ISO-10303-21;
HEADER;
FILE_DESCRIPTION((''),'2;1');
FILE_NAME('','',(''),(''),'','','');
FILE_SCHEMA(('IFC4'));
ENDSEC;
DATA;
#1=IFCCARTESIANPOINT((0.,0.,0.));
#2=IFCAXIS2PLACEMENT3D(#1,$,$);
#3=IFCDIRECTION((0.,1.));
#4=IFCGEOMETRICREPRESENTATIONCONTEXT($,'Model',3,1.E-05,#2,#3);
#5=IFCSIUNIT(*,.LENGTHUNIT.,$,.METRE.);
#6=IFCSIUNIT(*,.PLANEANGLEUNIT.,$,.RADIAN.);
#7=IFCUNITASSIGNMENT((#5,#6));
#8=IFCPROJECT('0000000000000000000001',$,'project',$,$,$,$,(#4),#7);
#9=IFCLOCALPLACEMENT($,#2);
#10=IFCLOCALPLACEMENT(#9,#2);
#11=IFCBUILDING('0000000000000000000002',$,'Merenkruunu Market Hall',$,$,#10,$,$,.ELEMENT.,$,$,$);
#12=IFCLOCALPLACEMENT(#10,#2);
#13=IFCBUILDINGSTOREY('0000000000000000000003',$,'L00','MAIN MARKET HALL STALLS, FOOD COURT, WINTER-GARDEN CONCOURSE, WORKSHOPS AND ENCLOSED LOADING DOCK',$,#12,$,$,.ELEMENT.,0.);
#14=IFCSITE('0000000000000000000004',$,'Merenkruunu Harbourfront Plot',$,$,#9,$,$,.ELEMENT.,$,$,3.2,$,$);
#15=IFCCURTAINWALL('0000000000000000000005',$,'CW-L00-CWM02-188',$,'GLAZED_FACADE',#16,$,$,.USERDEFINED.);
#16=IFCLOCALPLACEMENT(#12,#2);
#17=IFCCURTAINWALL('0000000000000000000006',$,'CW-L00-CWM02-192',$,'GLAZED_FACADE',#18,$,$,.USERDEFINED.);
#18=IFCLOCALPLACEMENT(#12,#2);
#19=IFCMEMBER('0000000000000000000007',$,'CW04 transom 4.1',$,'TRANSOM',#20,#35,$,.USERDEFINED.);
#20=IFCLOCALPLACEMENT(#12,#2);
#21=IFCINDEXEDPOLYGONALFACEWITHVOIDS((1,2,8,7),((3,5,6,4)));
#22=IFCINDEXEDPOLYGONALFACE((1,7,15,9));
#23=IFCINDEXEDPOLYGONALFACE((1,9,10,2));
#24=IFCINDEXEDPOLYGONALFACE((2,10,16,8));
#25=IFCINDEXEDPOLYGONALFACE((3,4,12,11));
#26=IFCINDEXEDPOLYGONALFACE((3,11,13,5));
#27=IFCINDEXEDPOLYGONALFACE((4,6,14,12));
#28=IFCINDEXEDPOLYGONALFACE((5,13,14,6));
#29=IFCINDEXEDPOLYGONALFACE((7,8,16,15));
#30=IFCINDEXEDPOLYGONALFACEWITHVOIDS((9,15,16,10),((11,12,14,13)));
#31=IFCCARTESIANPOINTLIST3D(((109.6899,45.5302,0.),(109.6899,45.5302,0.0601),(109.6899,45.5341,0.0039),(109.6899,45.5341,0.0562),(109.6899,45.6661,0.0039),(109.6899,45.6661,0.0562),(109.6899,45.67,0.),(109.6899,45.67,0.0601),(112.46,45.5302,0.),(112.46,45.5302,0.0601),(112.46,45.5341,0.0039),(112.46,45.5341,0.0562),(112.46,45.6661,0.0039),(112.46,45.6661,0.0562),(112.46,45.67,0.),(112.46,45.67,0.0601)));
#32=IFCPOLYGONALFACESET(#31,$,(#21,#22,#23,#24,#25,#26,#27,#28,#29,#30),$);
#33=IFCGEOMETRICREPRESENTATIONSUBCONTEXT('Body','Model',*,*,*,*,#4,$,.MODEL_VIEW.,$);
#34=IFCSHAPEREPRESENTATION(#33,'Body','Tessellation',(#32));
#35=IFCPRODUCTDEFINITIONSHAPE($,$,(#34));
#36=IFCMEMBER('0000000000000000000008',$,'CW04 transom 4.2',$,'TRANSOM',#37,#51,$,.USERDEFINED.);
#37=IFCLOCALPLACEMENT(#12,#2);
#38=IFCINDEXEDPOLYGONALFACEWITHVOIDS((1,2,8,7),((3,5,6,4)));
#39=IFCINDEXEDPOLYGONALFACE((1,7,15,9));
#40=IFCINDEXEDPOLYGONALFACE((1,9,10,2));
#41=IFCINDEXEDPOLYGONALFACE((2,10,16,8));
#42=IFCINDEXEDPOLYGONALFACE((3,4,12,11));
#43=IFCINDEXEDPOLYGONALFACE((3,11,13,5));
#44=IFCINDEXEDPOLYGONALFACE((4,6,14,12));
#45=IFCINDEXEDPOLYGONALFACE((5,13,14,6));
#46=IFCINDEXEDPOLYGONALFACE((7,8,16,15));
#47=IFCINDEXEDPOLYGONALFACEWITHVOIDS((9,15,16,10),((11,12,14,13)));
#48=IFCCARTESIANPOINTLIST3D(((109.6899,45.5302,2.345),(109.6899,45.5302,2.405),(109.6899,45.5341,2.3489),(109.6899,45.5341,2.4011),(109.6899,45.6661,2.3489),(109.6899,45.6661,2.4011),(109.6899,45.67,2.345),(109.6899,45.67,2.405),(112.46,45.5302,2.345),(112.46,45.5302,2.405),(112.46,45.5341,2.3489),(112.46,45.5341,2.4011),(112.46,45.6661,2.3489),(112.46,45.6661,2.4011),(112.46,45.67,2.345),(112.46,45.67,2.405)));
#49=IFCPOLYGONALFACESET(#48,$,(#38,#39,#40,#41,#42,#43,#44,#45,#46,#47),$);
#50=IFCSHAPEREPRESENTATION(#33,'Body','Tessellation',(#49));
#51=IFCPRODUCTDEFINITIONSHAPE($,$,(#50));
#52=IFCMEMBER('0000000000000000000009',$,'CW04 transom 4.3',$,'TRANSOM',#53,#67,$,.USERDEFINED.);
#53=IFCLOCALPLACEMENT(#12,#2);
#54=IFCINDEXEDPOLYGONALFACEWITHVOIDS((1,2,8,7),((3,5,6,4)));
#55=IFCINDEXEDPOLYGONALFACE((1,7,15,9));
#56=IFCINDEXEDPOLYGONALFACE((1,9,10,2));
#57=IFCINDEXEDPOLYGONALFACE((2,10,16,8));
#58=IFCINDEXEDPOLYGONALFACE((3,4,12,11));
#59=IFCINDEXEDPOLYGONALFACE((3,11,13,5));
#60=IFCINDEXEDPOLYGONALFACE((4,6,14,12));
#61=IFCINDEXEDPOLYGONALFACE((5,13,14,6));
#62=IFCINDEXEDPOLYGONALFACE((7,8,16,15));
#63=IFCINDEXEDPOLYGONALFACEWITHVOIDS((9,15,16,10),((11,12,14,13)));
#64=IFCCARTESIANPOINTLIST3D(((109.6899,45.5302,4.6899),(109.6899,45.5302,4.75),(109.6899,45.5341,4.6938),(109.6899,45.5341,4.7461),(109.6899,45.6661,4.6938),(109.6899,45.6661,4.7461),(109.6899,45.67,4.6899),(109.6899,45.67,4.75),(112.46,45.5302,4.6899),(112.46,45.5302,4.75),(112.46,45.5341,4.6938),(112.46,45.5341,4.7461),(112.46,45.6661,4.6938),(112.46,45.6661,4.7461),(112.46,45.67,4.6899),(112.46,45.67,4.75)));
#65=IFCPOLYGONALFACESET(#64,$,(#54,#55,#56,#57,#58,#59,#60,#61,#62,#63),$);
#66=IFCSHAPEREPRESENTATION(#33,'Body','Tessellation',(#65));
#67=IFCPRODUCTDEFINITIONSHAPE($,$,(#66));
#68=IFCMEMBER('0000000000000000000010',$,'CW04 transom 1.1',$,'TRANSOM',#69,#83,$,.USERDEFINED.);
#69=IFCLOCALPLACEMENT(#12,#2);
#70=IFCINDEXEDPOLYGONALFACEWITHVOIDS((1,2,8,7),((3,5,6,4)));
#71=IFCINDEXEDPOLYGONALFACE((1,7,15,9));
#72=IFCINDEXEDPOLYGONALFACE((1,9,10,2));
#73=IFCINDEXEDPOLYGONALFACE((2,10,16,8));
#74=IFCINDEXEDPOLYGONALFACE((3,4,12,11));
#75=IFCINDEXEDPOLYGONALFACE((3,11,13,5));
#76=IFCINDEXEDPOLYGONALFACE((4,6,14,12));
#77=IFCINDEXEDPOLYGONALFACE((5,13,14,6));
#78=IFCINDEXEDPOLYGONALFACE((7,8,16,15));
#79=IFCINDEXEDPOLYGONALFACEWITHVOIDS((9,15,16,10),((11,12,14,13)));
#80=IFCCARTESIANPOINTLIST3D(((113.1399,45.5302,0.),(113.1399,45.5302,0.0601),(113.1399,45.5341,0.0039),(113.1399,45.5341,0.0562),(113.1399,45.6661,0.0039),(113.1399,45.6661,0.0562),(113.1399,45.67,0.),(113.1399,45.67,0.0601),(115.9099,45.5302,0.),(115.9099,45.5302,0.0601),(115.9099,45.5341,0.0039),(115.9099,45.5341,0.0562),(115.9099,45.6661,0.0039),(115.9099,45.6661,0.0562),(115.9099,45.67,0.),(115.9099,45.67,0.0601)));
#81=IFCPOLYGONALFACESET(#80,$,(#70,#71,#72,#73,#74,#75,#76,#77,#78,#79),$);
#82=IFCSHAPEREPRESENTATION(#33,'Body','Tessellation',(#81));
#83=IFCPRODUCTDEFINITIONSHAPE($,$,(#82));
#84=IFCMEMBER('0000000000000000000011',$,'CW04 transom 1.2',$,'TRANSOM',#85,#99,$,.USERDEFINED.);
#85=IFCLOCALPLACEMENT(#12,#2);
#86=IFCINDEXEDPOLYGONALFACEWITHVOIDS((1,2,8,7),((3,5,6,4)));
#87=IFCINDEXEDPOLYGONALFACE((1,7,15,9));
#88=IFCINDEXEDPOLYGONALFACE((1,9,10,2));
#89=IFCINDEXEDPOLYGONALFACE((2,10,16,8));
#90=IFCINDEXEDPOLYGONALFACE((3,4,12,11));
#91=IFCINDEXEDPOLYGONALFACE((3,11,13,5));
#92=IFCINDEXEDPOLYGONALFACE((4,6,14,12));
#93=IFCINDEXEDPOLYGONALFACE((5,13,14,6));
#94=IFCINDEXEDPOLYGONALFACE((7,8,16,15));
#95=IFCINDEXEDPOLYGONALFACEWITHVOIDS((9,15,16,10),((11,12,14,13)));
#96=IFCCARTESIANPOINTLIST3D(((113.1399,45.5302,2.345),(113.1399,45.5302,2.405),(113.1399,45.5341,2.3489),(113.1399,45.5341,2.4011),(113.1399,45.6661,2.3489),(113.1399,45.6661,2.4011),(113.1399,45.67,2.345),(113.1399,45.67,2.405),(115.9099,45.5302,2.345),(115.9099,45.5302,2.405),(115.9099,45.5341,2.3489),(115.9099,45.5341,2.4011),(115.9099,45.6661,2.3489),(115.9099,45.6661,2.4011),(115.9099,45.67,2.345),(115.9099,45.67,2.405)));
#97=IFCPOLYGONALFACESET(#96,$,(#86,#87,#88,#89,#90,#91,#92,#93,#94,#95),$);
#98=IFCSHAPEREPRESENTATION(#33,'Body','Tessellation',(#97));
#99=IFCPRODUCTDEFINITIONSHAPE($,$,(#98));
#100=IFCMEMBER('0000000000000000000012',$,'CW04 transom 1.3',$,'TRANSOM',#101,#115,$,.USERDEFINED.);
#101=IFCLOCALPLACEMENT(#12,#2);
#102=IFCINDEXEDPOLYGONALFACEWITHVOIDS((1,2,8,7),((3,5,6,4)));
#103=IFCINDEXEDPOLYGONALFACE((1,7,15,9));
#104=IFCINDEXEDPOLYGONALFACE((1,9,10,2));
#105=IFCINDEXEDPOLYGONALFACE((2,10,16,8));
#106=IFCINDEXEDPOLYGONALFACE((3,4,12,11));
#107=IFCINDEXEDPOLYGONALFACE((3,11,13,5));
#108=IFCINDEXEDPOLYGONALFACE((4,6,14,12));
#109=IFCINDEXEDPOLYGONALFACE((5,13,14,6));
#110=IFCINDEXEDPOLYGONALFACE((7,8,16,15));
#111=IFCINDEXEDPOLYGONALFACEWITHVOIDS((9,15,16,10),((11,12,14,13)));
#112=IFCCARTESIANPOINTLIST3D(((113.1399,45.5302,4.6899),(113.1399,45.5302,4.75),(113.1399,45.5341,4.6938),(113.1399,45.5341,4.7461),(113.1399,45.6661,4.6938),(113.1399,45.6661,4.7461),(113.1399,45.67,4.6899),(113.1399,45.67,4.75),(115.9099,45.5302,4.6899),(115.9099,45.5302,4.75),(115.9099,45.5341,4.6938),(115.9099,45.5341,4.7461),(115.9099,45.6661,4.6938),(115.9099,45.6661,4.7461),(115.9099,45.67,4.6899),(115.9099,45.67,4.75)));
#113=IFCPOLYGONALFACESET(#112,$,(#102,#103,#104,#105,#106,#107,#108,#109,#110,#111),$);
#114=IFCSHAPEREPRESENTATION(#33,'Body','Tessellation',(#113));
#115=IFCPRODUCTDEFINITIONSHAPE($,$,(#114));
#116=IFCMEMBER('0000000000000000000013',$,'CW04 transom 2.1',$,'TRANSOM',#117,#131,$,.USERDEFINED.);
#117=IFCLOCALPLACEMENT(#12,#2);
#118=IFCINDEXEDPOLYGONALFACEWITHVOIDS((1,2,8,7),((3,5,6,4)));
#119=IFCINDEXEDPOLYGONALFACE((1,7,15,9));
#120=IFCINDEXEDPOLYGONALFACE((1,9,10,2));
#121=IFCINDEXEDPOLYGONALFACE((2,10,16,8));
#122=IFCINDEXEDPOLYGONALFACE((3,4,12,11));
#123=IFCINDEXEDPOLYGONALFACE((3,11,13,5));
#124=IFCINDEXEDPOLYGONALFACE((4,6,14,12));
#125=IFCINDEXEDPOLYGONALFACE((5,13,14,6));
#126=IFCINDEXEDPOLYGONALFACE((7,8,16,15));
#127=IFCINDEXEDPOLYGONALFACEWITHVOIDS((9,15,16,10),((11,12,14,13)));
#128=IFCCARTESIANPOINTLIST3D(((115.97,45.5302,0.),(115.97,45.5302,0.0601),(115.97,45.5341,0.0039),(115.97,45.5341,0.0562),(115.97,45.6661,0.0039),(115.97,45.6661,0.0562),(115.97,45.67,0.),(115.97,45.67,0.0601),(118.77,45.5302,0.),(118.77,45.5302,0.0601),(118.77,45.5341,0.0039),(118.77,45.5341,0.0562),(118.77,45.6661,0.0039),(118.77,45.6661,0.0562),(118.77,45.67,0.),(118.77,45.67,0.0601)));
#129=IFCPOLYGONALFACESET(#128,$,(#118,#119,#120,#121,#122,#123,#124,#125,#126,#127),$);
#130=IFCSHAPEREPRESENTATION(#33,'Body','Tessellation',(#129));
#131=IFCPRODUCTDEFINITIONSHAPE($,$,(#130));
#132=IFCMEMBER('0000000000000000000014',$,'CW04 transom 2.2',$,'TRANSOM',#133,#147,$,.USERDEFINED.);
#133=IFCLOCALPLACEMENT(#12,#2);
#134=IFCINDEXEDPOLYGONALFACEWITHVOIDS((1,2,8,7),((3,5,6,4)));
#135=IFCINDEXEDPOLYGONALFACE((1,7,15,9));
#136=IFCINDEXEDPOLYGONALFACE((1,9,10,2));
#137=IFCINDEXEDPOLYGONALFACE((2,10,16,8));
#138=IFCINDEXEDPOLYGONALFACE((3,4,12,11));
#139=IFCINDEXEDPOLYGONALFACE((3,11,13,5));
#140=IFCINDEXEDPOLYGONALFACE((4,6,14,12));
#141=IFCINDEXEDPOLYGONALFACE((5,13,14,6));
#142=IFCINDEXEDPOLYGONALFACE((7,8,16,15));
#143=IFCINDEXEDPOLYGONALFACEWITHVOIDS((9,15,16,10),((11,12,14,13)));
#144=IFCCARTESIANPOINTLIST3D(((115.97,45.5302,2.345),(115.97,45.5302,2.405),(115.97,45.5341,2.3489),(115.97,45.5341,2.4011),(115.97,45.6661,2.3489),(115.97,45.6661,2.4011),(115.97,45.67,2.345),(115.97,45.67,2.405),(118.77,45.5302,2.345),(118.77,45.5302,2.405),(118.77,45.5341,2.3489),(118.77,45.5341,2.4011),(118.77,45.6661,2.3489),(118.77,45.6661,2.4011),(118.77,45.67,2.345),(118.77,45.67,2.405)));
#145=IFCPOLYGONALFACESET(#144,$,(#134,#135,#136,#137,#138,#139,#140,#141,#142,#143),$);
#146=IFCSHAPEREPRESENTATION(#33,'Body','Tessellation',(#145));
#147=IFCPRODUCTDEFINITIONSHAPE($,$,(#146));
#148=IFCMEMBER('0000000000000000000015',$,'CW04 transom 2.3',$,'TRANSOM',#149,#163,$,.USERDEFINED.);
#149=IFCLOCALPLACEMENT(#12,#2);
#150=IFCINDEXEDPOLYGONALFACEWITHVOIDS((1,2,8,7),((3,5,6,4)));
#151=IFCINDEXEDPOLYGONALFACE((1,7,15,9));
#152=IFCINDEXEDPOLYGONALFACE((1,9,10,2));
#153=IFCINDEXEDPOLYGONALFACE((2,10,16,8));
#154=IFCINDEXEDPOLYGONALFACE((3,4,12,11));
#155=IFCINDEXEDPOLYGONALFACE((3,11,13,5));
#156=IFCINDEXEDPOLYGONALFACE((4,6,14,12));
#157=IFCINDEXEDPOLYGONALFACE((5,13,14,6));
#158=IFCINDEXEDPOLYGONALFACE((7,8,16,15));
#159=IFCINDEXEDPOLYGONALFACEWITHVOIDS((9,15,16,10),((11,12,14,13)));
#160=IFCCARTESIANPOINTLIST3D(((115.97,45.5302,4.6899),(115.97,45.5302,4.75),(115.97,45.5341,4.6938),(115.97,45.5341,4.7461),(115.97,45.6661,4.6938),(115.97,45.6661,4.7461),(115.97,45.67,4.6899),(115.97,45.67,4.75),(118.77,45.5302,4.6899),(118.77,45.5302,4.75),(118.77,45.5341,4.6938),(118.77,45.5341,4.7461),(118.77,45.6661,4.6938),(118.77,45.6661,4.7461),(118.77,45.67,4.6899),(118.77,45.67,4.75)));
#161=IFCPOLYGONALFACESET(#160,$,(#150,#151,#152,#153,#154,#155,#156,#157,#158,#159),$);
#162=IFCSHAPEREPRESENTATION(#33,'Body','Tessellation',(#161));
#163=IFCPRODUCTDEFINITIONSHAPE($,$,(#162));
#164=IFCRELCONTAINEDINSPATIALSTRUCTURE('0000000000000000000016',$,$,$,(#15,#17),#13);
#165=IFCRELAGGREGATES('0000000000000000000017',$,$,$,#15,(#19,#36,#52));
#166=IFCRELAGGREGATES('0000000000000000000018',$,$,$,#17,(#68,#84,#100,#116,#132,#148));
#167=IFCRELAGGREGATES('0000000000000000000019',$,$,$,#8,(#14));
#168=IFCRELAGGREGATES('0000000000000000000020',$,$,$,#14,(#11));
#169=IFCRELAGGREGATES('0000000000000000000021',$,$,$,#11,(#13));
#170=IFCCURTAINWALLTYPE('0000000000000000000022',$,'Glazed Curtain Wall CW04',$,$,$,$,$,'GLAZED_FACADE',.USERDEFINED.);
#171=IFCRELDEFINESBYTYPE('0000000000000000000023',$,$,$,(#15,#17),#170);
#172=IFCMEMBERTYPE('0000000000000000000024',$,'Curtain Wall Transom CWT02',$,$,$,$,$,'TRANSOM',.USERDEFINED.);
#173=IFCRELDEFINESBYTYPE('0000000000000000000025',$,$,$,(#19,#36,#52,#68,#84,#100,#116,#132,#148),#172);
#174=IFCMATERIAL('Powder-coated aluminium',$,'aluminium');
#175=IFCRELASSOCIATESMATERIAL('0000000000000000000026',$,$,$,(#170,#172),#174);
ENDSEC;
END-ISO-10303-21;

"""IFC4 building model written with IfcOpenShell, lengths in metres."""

from ifc_helpers import new_model, si_unit, direction, frame, origin, origin_2d, place, context, subcontext, project, spatial, hollow_rectangle, extrude, material, material_profile, profile_set, type_object, element, aggregate, save


model = new_model("IFC4")

# Units and contexts
model_context = context("Model", 3, precision=1e-05, world=origin(), true_north=direction((0.0, 1.0)))
body_context = subcontext(model_context, "Body", "Model", "MODEL_VIEW")
ifc_project = project(units=[si_unit("LENGTHUNIT", "METRE"), si_unit("PLANEANGLEUNIT", "RADIAN")], contexts=[model_context])

# Site, building, storey
site_placement = place(None, origin())
site = spatial("IfcSite", under=ifc_project, at=site_placement, Name="Merenkruunu Harbourfront Plot", CompositionType="ELEMENT", RefElevation=3.2)
building_placement = place(site_placement, origin())
building = spatial("IfcBuilding", under=site, at=building_placement, Name="Merenkruunu Market Hall", CompositionType="ELEMENT")
storey_placement = place(building_placement, origin())
storey = spatial("IfcBuildingStorey", under=building, at=storey_placement, Name="L00", Description="MAIN MARKET HALL STALLS, FOOD COURT, WINTER-GARDEN CONCOURSE, WORKSHOPS AND ENCLOSED LOADING DOCK", CompositionType="ELEMENT", Elevation=0.0)

# Curtain walls
ifc_material_1 = material(Name="Powder-coated aluminium", Category="aluminium")
curtain_wall_type = type_object("IfcCurtainWallType", Name="Glazed Curtain Wall CW04", ElementType="GLAZED_FACADE", PredefinedType="USERDEFINED", material=ifc_material_1)
curtain_wall_1_placement = place(storey_placement, origin())
curtain_wall_1 = element("IfcCurtainWall", 1, at=curtain_wall_1_placement, inside=storey, type_object=curtain_wall_type, Name="CW-L00-CWM02-188", ObjectType="GLAZED_FACADE", PredefinedType="USERDEFINED")
curtain_wall_2_placement = place(storey_placement, origin())
curtain_wall_2 = element("IfcCurtainWall", 2, at=curtain_wall_2_placement, inside=storey, type_object=curtain_wall_type, Name="CW-L00-CWM02-192", ObjectType="GLAZED_FACADE", PredefinedType="USERDEFINED")

# Members
ifc_material_profile_1 = material_profile(ifc_material_1, hollow_rectangle(XDim=0.0601, YDim=0.1399, WallThickness=0.0039, at=origin_2d()), Name="ALU 60x140x4")
ifc_profile_set_1 = profile_set([ifc_material_profile_1], Name="Powder-coated aluminium")
member_type_1 = type_object("IfcMemberType", Name="Curtain Wall Transom CWT02", ElementType="TRANSOM", PredefinedType="USERDEFINED", material=ifc_profile_set_1)
member_1_placement = place(storey_placement, frame((109.6899, 45.6001, 0.03), z_axis=(1.0, 0.0, 0.0), x_axis=(0.0, 0.0, 1.0)))
member_1 = element("IfcMember", 3, at=member_1_placement, type_object=member_type_1, Name="CW04 transom 4.1", ObjectType="TRANSOM", PredefinedType="USERDEFINED", context=body_context, shape_type="SweptSolid", body=[
    extrude(hollow_rectangle(XDim=0.0601, YDim=0.1399, WallThickness=0.0039, at=origin_2d()), origin(), (0.0, 0.0, 1.0), 2.77),
])
member_2_placement = place(storey_placement, frame((109.6899, 45.6001, 2.375), z_axis=(1.0, 0.0, 0.0), x_axis=(0.0, 0.0, 1.0)))
member_2 = element("IfcMember", 4, at=member_2_placement, type_object=member_type_1, Name="CW04 transom 4.2", ObjectType="TRANSOM", PredefinedType="USERDEFINED", context=body_context, shape_type="SweptSolid", body=[
    extrude(hollow_rectangle(XDim=0.0601, YDim=0.1399, WallThickness=0.0039, at=origin_2d()), origin(), (0.0, 0.0, 1.0), 2.77),
])
member_3_placement = place(storey_placement, frame((109.6899, 45.6001, 4.72), z_axis=(1.0, 0.0, 0.0), x_axis=(0.0, 0.0, 1.0)))
member_3 = element("IfcMember", 5, at=member_3_placement, type_object=member_type_1, Name="CW04 transom 4.3", ObjectType="TRANSOM", PredefinedType="USERDEFINED", context=body_context, shape_type="SweptSolid", body=[
    extrude(hollow_rectangle(XDim=0.0601, YDim=0.1399, WallThickness=0.0039, at=origin_2d()), origin(), (0.0, 0.0, 1.0), 2.77),
])
member_4_placement = place(storey_placement, frame((113.1399, 45.6001, 0.03), z_axis=(1.0, 0.0, 0.0), x_axis=(0.0, 0.0, 1.0)))
member_4 = element("IfcMember", 6, at=member_4_placement, type_object=member_type_1, Name="CW04 transom 1.1", ObjectType="TRANSOM", PredefinedType="USERDEFINED", context=body_context, shape_type="SweptSolid", body=[
    extrude(hollow_rectangle(XDim=0.0601, YDim=0.1399, WallThickness=0.0039, at=origin_2d()), origin(), (0.0, 0.0, 1.0), 2.77),
])
member_5_placement = place(storey_placement, frame((113.1399, 45.6001, 2.375), z_axis=(1.0, 0.0, 0.0), x_axis=(0.0, 0.0, 1.0)))
member_5 = element("IfcMember", 7, at=member_5_placement, type_object=member_type_1, Name="CW04 transom 1.2", ObjectType="TRANSOM", PredefinedType="USERDEFINED", context=body_context, shape_type="SweptSolid", body=[
    extrude(hollow_rectangle(XDim=0.0601, YDim=0.1399, WallThickness=0.0039, at=origin_2d()), origin(), (0.0, 0.0, 1.0), 2.77),
])
member_6_placement = place(storey_placement, frame((113.1399, 45.6001, 4.72), z_axis=(1.0, 0.0, 0.0), x_axis=(0.0, 0.0, 1.0)))
member_6 = element("IfcMember", 8, at=member_6_placement, type_object=member_type_1, Name="CW04 transom 1.3", ObjectType="TRANSOM", PredefinedType="USERDEFINED", context=body_context, shape_type="SweptSolid", body=[
    extrude(hollow_rectangle(XDim=0.0601, YDim=0.1399, WallThickness=0.0039, at=origin_2d()), origin(), (0.0, 0.0, 1.0), 2.77),
])
member_7_placement = place(storey_placement, frame((115.97, 45.6001, 0.03), z_axis=(1.0, 0.0, 0.0), x_axis=(0.0, 0.0, 1.0)))
member_7 = element("IfcMember", 9, at=member_7_placement, type_object=member_type_1, Name="CW04 transom 2.1", ObjectType="TRANSOM", PredefinedType="USERDEFINED", context=body_context, shape_type="SweptSolid", body=[
    extrude(hollow_rectangle(XDim=0.0601, YDim=0.1399, WallThickness=0.0039, at=origin_2d()), origin(), (0.0, 0.0, 1.0), 2.8),
])
member_8_placement = place(storey_placement, frame((115.97, 45.6001, 2.375), z_axis=(1.0, 0.0, 0.0), x_axis=(0.0, 0.0, 1.0)))
member_8 = element("IfcMember", 10, at=member_8_placement, type_object=member_type_1, Name="CW04 transom 2.2", ObjectType="TRANSOM", PredefinedType="USERDEFINED", context=body_context, shape_type="SweptSolid", body=[
    extrude(hollow_rectangle(XDim=0.0601, YDim=0.1399, WallThickness=0.0039, at=origin_2d()), origin(), (0.0, 0.0, 1.0), 2.8),
])
member_9_placement = place(storey_placement, frame((115.97, 45.6001, 4.72), z_axis=(1.0, 0.0, 0.0), x_axis=(0.0, 0.0, 1.0)))
member_9 = element("IfcMember", 11, at=member_9_placement, type_object=member_type_1, Name="CW04 transom 2.3", ObjectType="TRANSOM", PredefinedType="USERDEFINED", context=body_context, shape_type="SweptSolid", body=[
    extrude(hollow_rectangle(XDim=0.0601, YDim=0.1399, WallThickness=0.0039, at=origin_2d()), origin(), (0.0, 0.0, 1.0), 2.8),
])

aggregate(curtain_wall_1, [member_1, member_2, member_3])
aggregate(curtain_wall_2, [member_4, member_5, member_6, member_7, member_8, member_9])

save(model, "model.ifc")
